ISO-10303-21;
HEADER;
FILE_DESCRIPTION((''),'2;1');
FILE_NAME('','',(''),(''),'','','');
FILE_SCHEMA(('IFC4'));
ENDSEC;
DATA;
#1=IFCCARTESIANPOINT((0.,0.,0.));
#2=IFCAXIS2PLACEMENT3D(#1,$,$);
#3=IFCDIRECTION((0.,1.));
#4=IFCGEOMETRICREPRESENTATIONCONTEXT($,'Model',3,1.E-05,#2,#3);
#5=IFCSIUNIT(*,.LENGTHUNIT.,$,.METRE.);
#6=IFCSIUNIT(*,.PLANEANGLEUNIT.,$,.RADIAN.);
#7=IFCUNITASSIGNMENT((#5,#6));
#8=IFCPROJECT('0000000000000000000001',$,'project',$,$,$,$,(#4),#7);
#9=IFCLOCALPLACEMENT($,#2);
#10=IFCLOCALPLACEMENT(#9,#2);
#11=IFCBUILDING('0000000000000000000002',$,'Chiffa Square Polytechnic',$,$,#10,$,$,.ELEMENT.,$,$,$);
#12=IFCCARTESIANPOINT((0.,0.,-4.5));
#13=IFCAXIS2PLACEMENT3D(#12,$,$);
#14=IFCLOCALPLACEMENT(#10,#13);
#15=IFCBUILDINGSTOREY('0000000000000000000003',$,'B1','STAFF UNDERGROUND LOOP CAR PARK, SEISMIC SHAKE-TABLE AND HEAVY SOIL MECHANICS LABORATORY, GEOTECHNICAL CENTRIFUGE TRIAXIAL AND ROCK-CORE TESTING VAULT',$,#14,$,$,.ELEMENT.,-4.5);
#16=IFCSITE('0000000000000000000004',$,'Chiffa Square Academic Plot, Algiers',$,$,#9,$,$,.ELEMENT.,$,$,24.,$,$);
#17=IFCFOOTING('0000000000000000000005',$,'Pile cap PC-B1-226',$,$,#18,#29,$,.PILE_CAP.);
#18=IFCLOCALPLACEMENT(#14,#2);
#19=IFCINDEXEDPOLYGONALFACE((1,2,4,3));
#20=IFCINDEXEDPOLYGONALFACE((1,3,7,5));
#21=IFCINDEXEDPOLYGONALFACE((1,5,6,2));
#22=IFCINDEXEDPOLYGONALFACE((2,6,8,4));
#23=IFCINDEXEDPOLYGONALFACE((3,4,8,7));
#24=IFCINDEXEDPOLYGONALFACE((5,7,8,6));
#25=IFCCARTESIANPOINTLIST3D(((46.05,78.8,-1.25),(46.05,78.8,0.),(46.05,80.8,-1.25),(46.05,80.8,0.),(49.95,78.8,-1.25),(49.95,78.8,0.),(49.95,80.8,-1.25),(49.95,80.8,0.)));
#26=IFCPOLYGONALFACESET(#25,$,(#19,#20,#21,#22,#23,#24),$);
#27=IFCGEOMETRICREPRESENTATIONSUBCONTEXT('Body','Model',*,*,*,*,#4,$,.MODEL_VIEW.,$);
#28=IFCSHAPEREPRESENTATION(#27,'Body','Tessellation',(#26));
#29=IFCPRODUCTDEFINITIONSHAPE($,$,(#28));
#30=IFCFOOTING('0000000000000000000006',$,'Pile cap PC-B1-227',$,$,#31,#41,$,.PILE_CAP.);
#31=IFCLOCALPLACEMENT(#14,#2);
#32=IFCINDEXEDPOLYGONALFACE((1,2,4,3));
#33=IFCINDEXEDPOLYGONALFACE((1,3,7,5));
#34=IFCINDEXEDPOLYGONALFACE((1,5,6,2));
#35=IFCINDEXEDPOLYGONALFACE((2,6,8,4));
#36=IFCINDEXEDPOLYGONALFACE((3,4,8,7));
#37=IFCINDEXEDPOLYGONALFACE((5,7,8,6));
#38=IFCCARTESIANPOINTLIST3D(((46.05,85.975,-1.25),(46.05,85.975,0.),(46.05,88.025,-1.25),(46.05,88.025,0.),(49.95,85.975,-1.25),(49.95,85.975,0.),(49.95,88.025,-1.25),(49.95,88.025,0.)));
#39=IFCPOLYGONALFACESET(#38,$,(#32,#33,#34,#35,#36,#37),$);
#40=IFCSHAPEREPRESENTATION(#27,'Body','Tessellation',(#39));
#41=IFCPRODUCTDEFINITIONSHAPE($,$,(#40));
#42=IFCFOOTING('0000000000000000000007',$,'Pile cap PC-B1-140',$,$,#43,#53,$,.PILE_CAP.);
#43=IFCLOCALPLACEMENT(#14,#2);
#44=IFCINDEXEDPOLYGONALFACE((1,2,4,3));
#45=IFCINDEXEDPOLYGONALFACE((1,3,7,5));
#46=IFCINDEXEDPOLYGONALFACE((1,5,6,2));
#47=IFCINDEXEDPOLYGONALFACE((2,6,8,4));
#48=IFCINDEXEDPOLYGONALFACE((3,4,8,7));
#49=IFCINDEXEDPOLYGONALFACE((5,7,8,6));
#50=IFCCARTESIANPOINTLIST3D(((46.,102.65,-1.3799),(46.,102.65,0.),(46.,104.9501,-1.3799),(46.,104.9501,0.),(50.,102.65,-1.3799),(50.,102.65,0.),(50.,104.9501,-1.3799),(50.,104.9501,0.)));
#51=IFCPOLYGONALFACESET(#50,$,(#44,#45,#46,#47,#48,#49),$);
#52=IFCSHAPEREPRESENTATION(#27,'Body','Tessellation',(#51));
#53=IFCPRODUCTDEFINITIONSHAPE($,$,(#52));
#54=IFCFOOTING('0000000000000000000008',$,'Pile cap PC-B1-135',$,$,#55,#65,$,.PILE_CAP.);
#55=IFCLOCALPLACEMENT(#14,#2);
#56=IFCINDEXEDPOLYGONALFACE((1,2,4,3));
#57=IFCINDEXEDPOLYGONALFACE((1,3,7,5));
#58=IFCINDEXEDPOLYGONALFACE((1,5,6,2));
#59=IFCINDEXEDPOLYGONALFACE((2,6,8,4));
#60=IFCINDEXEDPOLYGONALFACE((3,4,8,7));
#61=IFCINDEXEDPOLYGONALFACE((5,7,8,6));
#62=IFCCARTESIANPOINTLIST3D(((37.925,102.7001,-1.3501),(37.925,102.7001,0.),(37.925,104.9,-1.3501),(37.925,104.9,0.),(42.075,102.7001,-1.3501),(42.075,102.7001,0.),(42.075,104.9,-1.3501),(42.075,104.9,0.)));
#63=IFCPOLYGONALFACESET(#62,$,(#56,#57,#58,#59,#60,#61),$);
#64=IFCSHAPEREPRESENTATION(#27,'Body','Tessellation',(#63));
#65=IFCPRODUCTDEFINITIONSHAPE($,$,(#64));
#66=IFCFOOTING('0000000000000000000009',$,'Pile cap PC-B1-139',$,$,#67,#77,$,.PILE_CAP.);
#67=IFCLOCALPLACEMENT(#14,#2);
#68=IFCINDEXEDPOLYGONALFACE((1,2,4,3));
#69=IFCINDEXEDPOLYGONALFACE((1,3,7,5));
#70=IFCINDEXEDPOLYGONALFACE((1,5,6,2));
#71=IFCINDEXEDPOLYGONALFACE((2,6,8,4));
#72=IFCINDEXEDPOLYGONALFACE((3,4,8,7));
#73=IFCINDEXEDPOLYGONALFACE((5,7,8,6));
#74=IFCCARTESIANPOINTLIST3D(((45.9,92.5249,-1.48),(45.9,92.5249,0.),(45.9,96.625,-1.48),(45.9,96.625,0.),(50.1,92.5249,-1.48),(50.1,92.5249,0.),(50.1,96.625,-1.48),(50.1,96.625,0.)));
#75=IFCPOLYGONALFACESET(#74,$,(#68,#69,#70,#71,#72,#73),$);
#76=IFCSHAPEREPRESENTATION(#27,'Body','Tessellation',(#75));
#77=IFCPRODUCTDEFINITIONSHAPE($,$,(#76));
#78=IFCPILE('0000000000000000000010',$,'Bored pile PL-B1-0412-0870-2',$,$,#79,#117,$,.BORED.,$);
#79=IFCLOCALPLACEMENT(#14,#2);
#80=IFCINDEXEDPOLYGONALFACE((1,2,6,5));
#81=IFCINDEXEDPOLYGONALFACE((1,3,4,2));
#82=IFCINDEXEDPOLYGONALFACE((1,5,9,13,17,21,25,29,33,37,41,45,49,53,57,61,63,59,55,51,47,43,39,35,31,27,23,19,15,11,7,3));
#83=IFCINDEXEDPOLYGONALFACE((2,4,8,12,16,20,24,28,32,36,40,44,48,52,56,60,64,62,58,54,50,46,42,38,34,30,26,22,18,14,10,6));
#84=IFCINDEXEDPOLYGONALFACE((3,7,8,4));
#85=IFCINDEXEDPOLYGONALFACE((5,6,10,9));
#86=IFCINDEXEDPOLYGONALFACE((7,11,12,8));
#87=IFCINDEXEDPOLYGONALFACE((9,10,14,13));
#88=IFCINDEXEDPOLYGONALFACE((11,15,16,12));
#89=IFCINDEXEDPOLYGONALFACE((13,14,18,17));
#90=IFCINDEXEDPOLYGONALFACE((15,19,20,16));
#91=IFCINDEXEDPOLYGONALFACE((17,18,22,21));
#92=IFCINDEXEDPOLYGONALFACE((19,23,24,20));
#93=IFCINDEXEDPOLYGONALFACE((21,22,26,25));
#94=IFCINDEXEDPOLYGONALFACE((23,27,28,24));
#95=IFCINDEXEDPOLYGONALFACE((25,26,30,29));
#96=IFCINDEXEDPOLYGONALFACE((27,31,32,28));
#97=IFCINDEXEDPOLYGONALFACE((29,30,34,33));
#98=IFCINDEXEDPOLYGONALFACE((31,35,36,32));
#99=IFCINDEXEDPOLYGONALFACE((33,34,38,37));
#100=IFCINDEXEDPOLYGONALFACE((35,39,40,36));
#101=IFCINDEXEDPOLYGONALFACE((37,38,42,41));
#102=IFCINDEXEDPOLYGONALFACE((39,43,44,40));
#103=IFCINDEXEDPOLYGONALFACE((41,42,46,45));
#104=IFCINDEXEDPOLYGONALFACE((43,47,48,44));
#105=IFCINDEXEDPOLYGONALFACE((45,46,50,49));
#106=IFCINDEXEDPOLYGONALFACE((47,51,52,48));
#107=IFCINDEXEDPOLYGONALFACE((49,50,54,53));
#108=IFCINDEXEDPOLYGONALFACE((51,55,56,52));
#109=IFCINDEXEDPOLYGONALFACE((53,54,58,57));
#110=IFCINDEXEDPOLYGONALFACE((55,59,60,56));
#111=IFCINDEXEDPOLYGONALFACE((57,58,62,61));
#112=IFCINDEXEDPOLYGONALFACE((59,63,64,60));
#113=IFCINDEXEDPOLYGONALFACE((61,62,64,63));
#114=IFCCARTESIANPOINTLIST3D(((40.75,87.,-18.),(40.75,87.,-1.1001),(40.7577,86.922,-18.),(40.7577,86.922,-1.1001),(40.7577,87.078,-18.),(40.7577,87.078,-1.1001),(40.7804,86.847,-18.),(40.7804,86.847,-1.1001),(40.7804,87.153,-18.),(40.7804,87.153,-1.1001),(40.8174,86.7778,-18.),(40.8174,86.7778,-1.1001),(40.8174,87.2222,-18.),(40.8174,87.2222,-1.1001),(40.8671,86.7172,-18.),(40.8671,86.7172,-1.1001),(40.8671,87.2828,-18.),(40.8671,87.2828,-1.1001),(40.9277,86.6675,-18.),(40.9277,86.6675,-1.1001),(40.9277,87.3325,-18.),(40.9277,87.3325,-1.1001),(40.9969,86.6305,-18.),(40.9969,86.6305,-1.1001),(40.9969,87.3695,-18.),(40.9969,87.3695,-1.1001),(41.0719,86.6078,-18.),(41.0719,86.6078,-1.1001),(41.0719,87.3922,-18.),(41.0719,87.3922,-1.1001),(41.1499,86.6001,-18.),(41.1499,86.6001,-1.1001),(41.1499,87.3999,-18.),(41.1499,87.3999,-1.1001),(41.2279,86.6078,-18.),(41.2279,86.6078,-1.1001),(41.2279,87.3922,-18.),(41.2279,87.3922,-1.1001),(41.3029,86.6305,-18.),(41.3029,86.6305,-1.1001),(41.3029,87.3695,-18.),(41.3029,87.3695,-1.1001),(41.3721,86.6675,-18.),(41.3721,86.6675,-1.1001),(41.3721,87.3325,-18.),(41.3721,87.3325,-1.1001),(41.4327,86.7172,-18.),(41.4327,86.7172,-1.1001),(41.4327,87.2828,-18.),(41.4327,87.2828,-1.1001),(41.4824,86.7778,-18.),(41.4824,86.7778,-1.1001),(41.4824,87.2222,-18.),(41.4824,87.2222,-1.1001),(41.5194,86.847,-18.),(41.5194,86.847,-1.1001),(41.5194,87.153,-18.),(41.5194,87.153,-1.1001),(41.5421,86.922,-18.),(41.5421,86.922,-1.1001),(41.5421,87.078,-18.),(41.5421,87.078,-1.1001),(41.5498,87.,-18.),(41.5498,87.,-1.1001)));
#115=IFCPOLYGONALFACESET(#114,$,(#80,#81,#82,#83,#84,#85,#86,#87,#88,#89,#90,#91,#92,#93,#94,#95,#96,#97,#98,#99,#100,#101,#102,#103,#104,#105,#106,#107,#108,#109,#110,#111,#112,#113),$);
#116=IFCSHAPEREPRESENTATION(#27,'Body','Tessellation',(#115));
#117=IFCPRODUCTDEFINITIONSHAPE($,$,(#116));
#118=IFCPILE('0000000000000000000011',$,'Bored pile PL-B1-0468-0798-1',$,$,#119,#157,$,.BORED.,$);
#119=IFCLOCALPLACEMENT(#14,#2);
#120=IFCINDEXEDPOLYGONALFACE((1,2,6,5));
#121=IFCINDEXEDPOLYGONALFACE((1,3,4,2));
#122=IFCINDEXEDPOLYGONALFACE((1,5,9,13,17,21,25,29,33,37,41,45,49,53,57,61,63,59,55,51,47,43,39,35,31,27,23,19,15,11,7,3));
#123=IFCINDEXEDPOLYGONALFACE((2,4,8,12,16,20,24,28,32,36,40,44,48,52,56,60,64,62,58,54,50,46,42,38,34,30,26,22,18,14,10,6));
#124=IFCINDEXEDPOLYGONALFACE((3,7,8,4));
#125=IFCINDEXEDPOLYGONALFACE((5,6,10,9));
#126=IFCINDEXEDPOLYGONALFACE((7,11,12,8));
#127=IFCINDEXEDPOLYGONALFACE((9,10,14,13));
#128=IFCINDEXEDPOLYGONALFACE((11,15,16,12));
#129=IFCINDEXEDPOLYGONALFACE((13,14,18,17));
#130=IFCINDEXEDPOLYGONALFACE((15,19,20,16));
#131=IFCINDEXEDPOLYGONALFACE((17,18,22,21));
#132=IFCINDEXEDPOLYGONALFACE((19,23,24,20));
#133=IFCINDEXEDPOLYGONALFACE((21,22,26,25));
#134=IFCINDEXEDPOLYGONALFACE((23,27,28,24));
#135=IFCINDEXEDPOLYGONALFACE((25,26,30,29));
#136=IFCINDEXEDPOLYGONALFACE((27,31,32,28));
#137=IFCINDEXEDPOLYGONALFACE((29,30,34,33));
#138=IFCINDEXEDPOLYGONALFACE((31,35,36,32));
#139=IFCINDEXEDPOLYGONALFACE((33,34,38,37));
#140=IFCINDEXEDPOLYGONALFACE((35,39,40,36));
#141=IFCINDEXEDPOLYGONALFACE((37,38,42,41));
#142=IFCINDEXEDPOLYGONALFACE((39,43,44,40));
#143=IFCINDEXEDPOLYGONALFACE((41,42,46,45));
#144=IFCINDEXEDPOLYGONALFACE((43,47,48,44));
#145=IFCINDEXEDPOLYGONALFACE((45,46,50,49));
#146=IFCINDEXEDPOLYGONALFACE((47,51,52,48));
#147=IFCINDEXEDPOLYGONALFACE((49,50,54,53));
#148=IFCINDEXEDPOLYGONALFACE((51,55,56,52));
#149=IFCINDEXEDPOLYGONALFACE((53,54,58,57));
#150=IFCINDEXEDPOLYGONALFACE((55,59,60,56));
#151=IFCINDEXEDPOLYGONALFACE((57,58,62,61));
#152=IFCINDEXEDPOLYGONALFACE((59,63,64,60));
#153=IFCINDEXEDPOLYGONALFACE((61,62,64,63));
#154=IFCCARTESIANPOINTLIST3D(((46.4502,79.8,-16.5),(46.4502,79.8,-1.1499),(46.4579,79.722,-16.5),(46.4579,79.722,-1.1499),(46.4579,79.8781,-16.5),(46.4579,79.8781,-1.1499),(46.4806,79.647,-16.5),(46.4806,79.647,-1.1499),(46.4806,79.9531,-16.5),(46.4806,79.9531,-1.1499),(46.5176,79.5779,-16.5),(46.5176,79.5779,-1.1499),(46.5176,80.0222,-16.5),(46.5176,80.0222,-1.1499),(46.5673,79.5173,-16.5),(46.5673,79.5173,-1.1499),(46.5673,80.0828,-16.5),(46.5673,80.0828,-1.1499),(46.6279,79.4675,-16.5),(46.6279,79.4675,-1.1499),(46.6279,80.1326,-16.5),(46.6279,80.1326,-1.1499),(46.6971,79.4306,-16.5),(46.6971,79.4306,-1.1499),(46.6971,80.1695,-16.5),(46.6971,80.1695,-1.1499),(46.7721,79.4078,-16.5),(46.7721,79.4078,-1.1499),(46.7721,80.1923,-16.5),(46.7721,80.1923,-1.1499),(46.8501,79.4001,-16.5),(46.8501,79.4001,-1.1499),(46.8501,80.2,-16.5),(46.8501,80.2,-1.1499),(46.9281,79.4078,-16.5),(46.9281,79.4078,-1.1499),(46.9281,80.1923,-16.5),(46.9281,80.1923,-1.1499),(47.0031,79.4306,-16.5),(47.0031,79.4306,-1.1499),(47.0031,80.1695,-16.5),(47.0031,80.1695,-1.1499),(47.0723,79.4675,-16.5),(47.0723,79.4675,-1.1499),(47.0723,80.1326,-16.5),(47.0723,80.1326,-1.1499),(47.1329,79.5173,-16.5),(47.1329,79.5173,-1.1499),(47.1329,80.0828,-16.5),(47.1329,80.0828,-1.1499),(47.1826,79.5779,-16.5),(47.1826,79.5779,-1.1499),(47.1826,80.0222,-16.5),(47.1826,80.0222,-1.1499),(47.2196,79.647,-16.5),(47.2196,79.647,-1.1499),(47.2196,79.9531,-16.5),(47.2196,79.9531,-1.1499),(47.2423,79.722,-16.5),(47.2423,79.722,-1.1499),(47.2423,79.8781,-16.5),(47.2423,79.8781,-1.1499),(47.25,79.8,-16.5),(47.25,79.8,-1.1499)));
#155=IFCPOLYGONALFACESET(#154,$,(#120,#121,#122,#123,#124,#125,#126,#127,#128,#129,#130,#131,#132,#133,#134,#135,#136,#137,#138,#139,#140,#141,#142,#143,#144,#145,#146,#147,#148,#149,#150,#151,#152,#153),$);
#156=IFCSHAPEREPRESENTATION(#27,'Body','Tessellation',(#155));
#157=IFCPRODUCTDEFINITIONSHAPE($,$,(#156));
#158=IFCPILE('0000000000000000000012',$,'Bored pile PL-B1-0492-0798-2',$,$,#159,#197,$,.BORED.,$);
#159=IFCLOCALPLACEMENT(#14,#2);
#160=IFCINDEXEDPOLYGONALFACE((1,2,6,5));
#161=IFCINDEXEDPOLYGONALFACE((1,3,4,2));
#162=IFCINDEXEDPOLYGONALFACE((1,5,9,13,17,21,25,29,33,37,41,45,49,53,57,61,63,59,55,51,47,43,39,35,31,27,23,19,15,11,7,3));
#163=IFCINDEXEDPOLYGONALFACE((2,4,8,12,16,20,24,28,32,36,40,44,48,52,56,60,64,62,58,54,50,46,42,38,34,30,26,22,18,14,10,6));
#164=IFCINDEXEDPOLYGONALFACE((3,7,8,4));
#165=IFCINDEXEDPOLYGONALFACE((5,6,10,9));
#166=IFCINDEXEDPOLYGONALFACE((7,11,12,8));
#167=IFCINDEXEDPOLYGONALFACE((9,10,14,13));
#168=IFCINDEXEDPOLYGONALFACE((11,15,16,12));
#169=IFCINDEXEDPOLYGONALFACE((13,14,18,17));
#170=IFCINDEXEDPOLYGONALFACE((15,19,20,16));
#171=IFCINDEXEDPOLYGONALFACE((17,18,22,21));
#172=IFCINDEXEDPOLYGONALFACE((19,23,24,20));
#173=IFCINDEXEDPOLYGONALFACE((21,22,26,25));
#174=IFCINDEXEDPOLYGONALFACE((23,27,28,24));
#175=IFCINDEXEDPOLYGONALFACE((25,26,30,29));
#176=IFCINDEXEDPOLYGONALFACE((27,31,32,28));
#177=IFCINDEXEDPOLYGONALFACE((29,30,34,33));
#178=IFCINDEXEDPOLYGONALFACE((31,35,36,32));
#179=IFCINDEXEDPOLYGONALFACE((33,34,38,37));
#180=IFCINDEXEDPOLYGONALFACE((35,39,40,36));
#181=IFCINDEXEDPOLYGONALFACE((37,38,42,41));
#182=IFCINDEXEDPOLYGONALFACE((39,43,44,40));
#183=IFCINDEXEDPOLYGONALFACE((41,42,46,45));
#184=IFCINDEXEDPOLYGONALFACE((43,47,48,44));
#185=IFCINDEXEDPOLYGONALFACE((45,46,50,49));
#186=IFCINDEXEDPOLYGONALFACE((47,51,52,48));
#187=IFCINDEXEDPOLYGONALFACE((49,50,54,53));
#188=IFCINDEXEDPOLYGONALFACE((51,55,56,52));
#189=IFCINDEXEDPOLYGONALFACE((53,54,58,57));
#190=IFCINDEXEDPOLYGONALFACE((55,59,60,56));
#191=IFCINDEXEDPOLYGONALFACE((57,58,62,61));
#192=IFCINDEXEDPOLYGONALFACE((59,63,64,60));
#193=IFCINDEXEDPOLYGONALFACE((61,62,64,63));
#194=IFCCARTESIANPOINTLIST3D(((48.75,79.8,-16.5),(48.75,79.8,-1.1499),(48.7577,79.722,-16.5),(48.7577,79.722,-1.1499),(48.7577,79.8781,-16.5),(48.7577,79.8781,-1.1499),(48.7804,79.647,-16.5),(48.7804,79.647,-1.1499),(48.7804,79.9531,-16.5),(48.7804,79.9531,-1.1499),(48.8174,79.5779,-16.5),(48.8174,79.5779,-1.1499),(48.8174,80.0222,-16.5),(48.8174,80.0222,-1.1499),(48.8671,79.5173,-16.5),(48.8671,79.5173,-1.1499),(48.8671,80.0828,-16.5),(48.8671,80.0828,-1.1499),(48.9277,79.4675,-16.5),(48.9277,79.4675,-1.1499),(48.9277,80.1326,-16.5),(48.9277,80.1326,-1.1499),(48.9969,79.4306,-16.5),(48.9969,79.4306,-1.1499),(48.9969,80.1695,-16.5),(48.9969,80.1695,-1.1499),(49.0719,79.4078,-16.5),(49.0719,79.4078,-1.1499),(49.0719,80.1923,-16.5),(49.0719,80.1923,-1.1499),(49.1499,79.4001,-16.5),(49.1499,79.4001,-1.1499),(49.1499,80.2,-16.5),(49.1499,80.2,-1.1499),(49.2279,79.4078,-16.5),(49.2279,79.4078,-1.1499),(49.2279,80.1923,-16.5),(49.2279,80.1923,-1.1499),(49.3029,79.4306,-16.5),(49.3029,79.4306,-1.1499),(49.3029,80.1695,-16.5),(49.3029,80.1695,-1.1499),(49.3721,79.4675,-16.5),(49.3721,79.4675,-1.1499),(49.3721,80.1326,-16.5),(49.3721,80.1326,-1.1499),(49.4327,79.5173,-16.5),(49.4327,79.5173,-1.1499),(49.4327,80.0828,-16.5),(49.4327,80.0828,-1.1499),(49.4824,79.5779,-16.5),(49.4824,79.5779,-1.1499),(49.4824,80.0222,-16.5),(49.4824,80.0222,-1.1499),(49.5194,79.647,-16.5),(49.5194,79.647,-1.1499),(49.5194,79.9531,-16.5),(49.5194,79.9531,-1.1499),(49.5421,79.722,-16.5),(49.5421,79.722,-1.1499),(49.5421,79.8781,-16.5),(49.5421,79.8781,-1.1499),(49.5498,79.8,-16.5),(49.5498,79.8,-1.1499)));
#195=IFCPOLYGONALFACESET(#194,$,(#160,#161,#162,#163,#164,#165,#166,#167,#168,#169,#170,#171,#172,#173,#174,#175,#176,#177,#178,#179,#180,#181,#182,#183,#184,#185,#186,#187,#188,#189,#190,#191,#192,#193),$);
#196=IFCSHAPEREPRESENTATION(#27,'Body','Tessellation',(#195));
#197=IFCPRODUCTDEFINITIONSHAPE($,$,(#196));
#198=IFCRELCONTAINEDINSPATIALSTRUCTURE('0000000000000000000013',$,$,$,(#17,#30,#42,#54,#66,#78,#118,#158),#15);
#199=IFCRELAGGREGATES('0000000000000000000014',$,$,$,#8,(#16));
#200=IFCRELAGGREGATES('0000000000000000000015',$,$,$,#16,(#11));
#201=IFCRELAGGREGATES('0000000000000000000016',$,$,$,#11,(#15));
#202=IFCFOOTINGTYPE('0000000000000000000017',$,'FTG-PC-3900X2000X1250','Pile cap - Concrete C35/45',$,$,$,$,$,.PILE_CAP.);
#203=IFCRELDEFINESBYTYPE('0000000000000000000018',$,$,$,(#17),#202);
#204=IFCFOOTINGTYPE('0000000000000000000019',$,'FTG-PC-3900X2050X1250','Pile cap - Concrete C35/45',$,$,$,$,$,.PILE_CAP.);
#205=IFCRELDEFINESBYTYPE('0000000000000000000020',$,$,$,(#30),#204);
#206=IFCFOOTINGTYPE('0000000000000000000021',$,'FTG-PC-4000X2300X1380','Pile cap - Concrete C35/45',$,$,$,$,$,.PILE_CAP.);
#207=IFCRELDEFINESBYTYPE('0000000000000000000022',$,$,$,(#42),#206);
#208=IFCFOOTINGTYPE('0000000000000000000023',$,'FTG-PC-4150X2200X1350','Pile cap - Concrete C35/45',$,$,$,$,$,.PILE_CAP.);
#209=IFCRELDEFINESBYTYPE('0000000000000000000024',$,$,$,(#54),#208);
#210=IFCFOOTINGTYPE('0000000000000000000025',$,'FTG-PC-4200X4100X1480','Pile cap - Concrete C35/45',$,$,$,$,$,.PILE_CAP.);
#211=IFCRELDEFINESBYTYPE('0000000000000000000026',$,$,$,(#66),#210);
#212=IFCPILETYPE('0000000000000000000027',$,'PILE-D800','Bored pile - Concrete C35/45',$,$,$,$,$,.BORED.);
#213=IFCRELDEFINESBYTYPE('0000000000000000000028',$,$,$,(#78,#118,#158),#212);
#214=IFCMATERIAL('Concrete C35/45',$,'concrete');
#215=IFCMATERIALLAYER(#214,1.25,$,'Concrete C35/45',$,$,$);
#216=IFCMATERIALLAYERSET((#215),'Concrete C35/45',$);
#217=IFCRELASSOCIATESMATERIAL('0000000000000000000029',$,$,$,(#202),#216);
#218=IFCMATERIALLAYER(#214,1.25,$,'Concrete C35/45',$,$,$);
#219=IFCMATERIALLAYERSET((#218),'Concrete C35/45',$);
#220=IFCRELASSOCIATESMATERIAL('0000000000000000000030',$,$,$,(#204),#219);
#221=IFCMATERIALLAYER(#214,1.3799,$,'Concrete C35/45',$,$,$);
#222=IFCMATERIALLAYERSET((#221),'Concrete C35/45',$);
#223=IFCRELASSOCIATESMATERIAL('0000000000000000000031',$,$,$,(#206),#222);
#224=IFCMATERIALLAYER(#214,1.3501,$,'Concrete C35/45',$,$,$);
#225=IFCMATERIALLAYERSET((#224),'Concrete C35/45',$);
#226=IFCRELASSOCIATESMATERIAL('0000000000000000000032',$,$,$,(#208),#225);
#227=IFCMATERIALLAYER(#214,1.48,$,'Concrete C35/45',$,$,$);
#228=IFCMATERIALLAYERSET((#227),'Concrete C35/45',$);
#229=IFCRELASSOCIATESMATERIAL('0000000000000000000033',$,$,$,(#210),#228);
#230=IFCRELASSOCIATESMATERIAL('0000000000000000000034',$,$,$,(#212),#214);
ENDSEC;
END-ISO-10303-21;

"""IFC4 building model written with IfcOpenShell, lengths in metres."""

from ifc_helpers import new_model, si_unit, direction, frame, origin, origin_2d, place, context, subcontext, project, spatial, rectangle, circle, extrude, material, layer, layer_set, material_profile, profile_set, type_object, element, save


model = new_model("IFC4")

# Units and contexts
model_context = context("Model", 3, precision=1e-05, world=origin(), true_north=direction((0.0, 1.0)))
body_context = subcontext(model_context, "Body", "Model", "MODEL_VIEW")
ifc_project = project(units=[si_unit("LENGTHUNIT", "METRE"), si_unit("PLANEANGLEUNIT", "RADIAN")], contexts=[model_context])

# Site, building, storey
site_placement = place(None, origin())
site = spatial("IfcSite", under=ifc_project, at=site_placement, Name="Chiffa Square Academic Plot, Algiers", CompositionType="ELEMENT", RefElevation=24.0)
building_placement = place(site_placement, origin())
building = spatial("IfcBuilding", under=site, at=building_placement, Name="Chiffa Square Polytechnic", CompositionType="ELEMENT")
storey_placement = place(building_placement, frame((0.0, 0.0, -4.5)))
storey = spatial("IfcBuildingStorey", under=building, at=storey_placement, Name="B1", Description="STAFF UNDERGROUND LOOP CAR PARK, SEISMIC SHAKE-TABLE AND HEAVY SOIL MECHANICS LABORATORY, GEOTECHNICAL CENTRIFUGE TRIAXIAL AND ROCK-CORE TESTING VAULT", CompositionType="ELEMENT", Elevation=-4.5)

# Footings
ifc_material_1 = material(Name="Concrete C35/45", Category="concrete")
ifc_layer_1 = layer(ifc_material_1, 1.25, Name="Concrete C35/45")
ifc_layer_set_1 = layer_set([ifc_layer_1], Name="Concrete C35/45")
footing_type_1 = type_object("IfcFootingType", Name="FTG-PC-3900X2000X1250", Description="Pile cap - Concrete C35/45", PredefinedType="PILE_CAP", material=ifc_layer_set_1)
footing_1_placement = place(storey_placement, frame((48.0, 79.8, -1.25), z_axis=(0.0, 0.0, 1.0), x_axis=(1.0, 0.0, 0.0)))
element("IfcFooting", 1, at=footing_1_placement, inside=storey, type_object=footing_type_1, Name="Pile cap PC-B1-226", PredefinedType="PILE_CAP", context=body_context, shape_type="SweptSolid", body=[
    extrude(rectangle(XDim=3.8999, YDim=2.0, at=origin_2d()), origin(), (0.0, 0.0, 1.0), 1.25),
])
ifc_layer_2 = layer(ifc_material_1, 1.25, Name="Concrete C35/45")
ifc_layer_set_2 = layer_set([ifc_layer_2], Name="Concrete C35/45")
footing_type_2 = type_object("IfcFootingType", Name="FTG-PC-3900X2050X1250", Description="Pile cap - Concrete C35/45", PredefinedType="PILE_CAP", material=ifc_layer_set_2)
footing_2_placement = place(storey_placement, frame((48.0, 87.0, -1.25), z_axis=(0.0, 0.0, 1.0), x_axis=(1.0, 0.0, 0.0)))
element("IfcFooting", 2, at=footing_2_placement, inside=storey, type_object=footing_type_2, Name="Pile cap PC-B1-227", PredefinedType="PILE_CAP", context=body_context, shape_type="SweptSolid", body=[
    extrude(rectangle(XDim=3.8999, YDim=2.05, at=origin_2d()), origin(), (0.0, 0.0, 1.0), 1.25),
])
ifc_layer_3 = layer(ifc_material_1, 1.3799, Name="Concrete C35/45")
ifc_layer_set_3 = layer_set([ifc_layer_3], Name="Concrete C35/45")
footing_type_3 = type_object("IfcFootingType", Name="FTG-PC-4000X2300X1380", Description="Pile cap - Concrete C35/45", PredefinedType="PILE_CAP", material=ifc_layer_set_3)
footing_3_placement = place(storey_placement, frame((48.0, 103.8, -1.3799), z_axis=(0.0, 0.0, 1.0), x_axis=(1.0, 0.0, 0.0)))
element("IfcFooting", 3, at=footing_3_placement, inside=storey, type_object=footing_type_3, Name="Pile cap PC-B1-140", PredefinedType="PILE_CAP", context=body_context, shape_type="SweptSolid", body=[
    extrude(rectangle(XDim=4.0, YDim=2.3, at=origin_2d()), origin(), (0.0, 0.0, 1.0), 1.3799),
])
ifc_layer_4 = layer(ifc_material_1, 1.3501, Name="Concrete C35/45")
ifc_layer_set_4 = layer_set([ifc_layer_4], Name="Concrete C35/45")
footing_type_4 = type_object("IfcFootingType", Name="FTG-PC-4150X2200X1350", Description="Pile cap - Concrete C35/45", PredefinedType="PILE_CAP", material=ifc_layer_set_4)
footing_4_placement = place(storey_placement, frame((40.0, 103.8, -1.3501), z_axis=(0.0, 0.0, 1.0), x_axis=(1.0, 0.0, 0.0)))
element("IfcFooting", 4, at=footing_4_placement, inside=storey, type_object=footing_type_4, Name="Pile cap PC-B1-135", PredefinedType="PILE_CAP", context=body_context, shape_type="SweptSolid", body=[
    extrude(rectangle(XDim=4.1499, YDim=2.2, at=origin_2d()), origin(), (0.0, 0.0, 1.0), 1.3501),
])
ifc_layer_5 = layer(ifc_material_1, 1.48, Name="Concrete C35/45")
ifc_layer_set_5 = layer_set([ifc_layer_5], Name="Concrete C35/45")
footing_type_5 = type_object("IfcFootingType", Name="FTG-PC-4200X4100X1480", Description="Pile cap - Concrete C35/45", PredefinedType="PILE_CAP", material=ifc_layer_set_5)
footing_5_placement = place(storey_placement, frame((48.0, 94.575, -1.48), z_axis=(0.0, 0.0, 1.0), x_axis=(1.0, 0.0, 0.0)))
element("IfcFooting", 5, at=footing_5_placement, inside=storey, type_object=footing_type_5, Name="Pile cap PC-B1-139", PredefinedType="PILE_CAP", context=body_context, shape_type="SweptSolid", body=[
    extrude(rectangle(XDim=4.2, YDim=4.1001, at=origin_2d()), origin(), (0.0, 0.0, 1.0), 1.48),
])

# Piles
ifc_material_profile_1 = material_profile(ifc_material_1, circle(Radius=0.3999, at=origin_2d()), Name="PILE D800")
ifc_profile_set_1 = profile_set([ifc_material_profile_1], Name="Concrete C35/45")
pile_type_1 = type_object("IfcPileType", Name="PILE-D800", Description="Bored pile - Concrete C35/45", PredefinedType="BORED", material=ifc_profile_set_1)
pile_1_placement = place(storey_placement, frame((41.1499, 87.0, -1.1001), z_axis=(0.0, 0.0, -1.0), x_axis=(1.0, 0.0, 0.0)))
element("IfcPile", 6, at=pile_1_placement, inside=storey, type_object=pile_type_1, Name="Bored pile PL-B1-0412-0870-2", PredefinedType="BORED", context=body_context, shape_type="SweptSolid", body=[
    extrude(circle(Radius=0.3999, at=origin_2d()), origin(), (0.0, 0.0, 1.0), 16.8999),
])
for number, where, z_axis, x_axis, name in (
    (7, (46.8501, 79.8, -1.1499), (0.0, 0.0, -1.0), (1.0, 0.0, 0.0), "Bored pile PL-B1-0468-0798-1"),
    (8, (49.1499, 79.8, -1.1499), (0.0, 0.0, -1.0), (1.0, 0.0, 0.0), "Bored pile PL-B1-0492-0798-2"),
):
    element("IfcPile", number, at=place(storey_placement, frame(where, z_axis=z_axis, x_axis=x_axis)), inside=storey, type_object=pile_type_1, Name=name, PredefinedType="BORED", context=body_context, shape_type="SweptSolid", body=[
        extrude(circle(Radius=0.3999, at=origin_2d()), origin(), (0.0, 0.0, 1.0), 15.3501),
    ])

save(model, "model.ifc")
